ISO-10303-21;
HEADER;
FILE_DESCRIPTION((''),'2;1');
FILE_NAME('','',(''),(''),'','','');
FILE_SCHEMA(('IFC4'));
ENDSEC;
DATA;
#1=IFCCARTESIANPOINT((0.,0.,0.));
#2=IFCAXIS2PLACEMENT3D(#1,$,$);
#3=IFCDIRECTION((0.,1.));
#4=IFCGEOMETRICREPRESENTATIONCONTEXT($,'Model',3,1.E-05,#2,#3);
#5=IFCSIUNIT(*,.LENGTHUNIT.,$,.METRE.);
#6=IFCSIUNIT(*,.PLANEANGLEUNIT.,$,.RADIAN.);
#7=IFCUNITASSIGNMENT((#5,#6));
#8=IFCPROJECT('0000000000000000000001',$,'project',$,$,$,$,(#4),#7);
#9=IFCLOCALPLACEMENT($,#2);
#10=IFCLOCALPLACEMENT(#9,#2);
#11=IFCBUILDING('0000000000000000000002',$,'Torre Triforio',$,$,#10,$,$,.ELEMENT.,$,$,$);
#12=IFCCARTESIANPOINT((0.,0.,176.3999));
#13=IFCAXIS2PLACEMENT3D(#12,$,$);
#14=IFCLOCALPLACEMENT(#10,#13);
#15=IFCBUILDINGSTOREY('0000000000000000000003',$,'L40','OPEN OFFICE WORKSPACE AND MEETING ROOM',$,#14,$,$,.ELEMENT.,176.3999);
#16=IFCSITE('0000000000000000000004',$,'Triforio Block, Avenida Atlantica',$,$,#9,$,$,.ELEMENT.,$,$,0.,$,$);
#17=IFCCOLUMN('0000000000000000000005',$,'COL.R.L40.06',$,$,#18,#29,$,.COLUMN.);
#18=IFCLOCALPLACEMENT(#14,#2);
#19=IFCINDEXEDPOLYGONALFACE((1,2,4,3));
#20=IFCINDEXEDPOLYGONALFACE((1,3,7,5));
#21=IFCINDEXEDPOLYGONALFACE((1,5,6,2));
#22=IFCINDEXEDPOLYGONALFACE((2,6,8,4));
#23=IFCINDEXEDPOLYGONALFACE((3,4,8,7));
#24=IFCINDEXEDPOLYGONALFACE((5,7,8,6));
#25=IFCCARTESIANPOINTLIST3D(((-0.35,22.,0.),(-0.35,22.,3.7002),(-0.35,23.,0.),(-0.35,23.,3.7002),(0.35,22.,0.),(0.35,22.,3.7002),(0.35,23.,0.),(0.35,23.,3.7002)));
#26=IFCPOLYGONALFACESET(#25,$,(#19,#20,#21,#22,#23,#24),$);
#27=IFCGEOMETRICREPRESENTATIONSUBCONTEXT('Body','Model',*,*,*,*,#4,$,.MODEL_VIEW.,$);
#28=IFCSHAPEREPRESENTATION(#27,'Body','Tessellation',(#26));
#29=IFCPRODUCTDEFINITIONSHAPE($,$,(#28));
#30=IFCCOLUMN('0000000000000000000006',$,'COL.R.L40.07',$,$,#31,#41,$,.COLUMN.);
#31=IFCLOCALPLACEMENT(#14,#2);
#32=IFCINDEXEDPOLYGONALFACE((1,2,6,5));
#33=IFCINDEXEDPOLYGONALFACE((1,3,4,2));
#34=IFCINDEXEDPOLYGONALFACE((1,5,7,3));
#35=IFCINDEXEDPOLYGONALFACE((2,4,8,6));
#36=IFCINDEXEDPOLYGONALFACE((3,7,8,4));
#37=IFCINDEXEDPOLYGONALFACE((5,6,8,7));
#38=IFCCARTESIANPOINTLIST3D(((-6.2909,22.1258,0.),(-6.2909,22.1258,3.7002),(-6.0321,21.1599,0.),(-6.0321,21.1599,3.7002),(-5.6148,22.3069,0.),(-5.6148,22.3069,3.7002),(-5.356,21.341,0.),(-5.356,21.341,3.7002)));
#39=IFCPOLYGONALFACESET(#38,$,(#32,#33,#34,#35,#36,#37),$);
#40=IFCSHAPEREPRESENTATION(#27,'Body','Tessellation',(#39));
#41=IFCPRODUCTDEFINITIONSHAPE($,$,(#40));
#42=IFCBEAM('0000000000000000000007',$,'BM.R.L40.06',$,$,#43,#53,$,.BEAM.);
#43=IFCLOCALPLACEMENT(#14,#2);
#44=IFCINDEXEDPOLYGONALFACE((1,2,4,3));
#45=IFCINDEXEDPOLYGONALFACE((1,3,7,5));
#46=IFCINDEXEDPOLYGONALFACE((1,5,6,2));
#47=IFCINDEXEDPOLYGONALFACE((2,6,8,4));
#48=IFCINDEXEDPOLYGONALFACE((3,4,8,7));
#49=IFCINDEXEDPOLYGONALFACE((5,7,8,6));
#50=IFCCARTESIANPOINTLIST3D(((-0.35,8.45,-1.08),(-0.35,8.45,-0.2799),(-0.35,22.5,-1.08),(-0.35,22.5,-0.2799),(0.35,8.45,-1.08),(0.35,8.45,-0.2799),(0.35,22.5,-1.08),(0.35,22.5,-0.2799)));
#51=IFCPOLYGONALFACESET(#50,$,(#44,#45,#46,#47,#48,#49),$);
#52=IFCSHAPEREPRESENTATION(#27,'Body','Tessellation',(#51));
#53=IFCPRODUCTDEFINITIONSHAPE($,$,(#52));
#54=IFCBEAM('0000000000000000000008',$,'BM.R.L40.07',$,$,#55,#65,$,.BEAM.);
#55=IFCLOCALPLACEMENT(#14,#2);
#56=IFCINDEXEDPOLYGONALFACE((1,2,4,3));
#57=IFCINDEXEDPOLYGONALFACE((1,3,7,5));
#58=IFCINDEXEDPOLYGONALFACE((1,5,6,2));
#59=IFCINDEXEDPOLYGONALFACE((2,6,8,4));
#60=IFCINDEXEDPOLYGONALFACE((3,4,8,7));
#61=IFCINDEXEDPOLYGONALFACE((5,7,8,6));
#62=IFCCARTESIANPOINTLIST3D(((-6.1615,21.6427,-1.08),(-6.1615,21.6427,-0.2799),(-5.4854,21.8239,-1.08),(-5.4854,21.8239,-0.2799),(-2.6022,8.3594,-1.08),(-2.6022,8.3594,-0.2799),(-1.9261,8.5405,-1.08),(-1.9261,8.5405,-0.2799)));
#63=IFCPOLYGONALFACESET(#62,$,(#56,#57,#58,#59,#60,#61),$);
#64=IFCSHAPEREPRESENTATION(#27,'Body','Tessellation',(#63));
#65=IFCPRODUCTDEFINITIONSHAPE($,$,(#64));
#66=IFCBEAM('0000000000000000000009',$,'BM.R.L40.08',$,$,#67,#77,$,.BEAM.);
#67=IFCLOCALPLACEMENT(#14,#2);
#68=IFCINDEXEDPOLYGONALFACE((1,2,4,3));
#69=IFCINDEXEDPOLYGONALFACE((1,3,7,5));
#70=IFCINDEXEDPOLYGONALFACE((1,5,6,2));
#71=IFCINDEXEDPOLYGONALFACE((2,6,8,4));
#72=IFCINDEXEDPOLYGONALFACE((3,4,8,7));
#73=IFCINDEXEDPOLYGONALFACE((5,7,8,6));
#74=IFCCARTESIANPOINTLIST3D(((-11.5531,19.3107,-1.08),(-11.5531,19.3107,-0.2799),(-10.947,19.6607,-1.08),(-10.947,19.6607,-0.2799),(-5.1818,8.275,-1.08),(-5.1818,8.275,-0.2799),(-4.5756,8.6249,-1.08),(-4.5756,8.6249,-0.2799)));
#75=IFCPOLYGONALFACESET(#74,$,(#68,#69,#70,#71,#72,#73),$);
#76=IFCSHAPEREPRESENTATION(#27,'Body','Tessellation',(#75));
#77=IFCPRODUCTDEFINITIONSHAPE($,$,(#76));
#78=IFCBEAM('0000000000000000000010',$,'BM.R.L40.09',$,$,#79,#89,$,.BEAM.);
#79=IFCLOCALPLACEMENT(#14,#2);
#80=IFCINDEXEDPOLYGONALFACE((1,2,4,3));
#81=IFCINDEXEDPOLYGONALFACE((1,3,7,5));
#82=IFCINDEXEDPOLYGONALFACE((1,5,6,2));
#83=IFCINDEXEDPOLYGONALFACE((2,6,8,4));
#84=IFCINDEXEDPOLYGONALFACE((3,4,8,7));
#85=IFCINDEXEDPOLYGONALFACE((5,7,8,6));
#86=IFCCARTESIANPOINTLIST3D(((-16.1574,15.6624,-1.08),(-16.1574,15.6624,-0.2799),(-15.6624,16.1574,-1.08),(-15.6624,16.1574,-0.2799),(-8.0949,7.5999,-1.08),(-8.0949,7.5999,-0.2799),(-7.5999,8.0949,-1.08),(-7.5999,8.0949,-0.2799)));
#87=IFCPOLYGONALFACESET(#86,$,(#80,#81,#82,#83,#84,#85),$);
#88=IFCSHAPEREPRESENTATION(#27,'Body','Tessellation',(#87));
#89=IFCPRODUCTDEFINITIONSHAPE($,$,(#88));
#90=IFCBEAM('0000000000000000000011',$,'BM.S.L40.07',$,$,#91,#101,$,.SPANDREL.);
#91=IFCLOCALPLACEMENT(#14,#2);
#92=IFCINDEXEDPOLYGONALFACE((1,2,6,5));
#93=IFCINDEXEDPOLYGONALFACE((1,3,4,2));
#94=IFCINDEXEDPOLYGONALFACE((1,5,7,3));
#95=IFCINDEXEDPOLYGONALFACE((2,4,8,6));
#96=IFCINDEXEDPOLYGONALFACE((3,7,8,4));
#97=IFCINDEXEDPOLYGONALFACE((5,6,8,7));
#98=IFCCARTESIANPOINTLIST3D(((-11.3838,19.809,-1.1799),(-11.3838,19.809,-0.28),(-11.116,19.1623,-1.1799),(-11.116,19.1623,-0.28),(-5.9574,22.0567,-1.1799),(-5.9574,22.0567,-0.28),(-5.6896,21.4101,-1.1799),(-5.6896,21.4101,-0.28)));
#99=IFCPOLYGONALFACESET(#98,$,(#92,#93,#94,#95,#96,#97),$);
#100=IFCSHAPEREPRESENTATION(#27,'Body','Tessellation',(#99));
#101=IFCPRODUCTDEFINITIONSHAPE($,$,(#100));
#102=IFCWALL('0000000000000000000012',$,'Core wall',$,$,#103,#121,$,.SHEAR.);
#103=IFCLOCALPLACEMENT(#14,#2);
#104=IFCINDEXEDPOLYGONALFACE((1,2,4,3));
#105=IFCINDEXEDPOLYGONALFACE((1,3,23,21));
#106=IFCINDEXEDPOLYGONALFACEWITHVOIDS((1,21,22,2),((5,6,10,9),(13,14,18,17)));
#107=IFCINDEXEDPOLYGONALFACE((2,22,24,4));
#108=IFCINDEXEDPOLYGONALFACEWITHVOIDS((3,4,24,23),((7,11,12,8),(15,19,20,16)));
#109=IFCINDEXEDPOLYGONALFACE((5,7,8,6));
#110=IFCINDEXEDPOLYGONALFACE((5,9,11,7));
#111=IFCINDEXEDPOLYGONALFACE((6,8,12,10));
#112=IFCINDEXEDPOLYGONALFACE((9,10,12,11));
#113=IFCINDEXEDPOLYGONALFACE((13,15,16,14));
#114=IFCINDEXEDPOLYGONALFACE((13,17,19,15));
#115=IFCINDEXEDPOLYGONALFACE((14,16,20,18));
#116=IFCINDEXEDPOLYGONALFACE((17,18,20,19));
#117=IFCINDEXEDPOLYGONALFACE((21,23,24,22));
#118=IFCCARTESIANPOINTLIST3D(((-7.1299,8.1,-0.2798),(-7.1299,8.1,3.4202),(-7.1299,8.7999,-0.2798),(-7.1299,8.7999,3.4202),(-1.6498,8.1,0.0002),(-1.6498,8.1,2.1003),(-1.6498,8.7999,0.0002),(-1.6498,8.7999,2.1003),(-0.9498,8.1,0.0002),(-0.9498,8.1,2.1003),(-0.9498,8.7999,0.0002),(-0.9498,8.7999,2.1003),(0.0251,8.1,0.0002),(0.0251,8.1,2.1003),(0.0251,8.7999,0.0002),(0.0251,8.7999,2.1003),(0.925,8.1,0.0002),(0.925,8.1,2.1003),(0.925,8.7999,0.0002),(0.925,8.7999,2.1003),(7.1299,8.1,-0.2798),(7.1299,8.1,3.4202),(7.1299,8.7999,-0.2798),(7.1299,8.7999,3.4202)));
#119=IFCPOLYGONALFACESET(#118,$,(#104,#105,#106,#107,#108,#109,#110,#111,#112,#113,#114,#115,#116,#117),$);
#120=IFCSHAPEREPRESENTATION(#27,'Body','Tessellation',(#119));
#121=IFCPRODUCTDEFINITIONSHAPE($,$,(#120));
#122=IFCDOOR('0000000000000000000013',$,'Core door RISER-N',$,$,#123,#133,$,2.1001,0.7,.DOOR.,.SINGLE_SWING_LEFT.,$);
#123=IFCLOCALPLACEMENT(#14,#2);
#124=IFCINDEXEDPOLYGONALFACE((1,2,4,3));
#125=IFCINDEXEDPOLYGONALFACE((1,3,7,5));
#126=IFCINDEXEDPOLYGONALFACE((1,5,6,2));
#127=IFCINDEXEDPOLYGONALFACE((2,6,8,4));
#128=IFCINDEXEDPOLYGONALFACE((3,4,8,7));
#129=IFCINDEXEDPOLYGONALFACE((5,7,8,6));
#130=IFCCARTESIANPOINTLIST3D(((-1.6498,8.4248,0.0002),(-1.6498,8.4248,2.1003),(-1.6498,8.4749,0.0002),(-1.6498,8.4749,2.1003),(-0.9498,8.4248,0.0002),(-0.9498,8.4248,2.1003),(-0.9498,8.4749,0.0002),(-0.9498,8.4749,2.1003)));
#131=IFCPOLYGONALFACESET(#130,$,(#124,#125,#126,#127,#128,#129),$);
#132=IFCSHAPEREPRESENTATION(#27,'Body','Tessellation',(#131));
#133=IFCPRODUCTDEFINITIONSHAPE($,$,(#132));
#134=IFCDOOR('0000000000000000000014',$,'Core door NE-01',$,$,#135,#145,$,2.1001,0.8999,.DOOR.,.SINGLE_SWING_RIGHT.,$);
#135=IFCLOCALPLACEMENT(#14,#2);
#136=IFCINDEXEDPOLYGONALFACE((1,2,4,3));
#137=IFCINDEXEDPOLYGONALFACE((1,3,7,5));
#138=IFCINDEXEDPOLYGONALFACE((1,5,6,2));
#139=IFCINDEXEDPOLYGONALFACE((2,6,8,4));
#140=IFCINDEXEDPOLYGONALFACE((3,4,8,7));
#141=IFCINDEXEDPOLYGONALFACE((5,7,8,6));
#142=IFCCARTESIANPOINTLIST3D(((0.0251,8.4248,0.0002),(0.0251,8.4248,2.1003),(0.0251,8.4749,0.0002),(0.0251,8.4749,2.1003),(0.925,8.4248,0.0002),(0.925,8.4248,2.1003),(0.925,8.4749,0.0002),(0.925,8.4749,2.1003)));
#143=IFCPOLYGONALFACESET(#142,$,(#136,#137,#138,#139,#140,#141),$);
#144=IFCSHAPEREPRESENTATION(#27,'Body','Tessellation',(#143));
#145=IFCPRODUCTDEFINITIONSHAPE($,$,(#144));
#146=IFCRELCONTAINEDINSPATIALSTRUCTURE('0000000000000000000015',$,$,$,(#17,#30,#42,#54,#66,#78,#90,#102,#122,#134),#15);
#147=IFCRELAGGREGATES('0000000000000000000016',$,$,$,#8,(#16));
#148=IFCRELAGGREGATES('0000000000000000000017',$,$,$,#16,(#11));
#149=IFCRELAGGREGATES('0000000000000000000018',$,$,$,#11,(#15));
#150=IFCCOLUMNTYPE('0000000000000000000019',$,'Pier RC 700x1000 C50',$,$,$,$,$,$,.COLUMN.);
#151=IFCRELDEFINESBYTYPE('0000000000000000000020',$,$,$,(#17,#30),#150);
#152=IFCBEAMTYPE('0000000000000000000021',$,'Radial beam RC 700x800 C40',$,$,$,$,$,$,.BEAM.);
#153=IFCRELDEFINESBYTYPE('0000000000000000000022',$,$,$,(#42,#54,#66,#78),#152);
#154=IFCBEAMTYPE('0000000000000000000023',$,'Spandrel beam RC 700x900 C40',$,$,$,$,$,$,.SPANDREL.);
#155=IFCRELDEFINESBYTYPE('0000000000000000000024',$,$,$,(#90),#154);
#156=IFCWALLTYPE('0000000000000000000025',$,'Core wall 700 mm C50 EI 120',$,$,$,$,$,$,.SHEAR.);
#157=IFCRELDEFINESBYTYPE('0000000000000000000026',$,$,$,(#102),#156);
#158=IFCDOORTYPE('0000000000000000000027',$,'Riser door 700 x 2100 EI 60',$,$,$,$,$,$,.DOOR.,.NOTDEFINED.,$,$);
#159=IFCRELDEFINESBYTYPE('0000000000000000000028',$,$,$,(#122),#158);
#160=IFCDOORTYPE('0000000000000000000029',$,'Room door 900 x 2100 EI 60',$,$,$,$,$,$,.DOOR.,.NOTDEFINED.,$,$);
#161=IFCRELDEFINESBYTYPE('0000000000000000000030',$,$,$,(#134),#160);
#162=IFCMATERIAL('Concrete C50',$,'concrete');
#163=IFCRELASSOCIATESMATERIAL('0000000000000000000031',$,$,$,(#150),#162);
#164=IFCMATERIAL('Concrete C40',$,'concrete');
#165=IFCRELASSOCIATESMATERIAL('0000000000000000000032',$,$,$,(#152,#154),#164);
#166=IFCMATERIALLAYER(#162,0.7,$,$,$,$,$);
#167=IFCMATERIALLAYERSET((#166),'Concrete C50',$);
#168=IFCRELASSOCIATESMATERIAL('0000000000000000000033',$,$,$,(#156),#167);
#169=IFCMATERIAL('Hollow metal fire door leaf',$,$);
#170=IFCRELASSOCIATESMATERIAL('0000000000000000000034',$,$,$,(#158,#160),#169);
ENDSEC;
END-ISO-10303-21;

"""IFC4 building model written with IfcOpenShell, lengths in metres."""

from ifc_helpers import new_model, si_unit, direction, frame, frame_2d, origin, origin_2d, place, context, subcontext, project, spatial, rectangle, extrude, material, layer, layer_set, material_profile, profile_set, type_object, element, fill, save


model = new_model("IFC4")

# Units and contexts
model_context = context("Model", 3, precision=1e-05, world=origin(), true_north=direction((0.0, 1.0)))
body_context = subcontext(model_context, "Body", "Model", "MODEL_VIEW")
ifc_project = project(units=[si_unit("LENGTHUNIT", "METRE"), si_unit("PLANEANGLEUNIT", "RADIAN")], contexts=[model_context])

# Site, building, storey
site_placement = place(None, origin())
site = spatial("IfcSite", under=ifc_project, at=site_placement, Name="Triforio Block, Avenida Atlantica", CompositionType="ELEMENT", RefElevation=0.0)
building_placement = place(site_placement, origin())
building = spatial("IfcBuilding", under=site, at=building_placement, Name="Torre Triforio", CompositionType="ELEMENT")
storey_placement = place(building_placement, frame((0.0, 0.0, 176.3999)))
storey = spatial("IfcBuildingStorey", under=building, at=storey_placement, Name="L40", Description="OPEN OFFICE WORKSPACE AND MEETING ROOM", CompositionType="ELEMENT", Elevation=176.3999)

# Columns
ifc_material_1 = material(Name="Concrete C50", Category="concrete")
ifc_material_profile_1 = material_profile(ifc_material_1, rectangle(XDim=0.7, YDim=1.0, at=origin_2d()), Name="RC 700x1000")
ifc_profile_set_1 = profile_set([ifc_material_profile_1], Name="Concrete C50")
column_type = type_object("IfcColumnType", Name="Pier RC 700x1000 C50", PredefinedType="COLUMN", material=ifc_profile_set_1)
for number, where, z_axis, x_axis, name in (
    (1, (0.0, 22.5, 0.0), (0.0, 0.0, 1.0), (-1.0, 0.0, 0.0), "COL.R.L40.06"),
    (2, (-5.8235, 21.7334, 0.0), (0.0, 0.0, 1.0), (-0.965926, -0.258819, 0.0), "COL.R.L40.07"),
):
    element("IfcColumn", number, at=place(storey_placement, frame(where, z_axis=z_axis, x_axis=x_axis)), inside=storey, type_object=column_type, Name=name, PredefinedType="COLUMN", context=body_context, shape_type="SweptSolid", body=[
        extrude(rectangle(XDim=0.7, YDim=1.0, at=origin_2d()), origin(), (0.0, 0.0, 1.0), 3.7002),
    ])

# Beams
ifc_material_2 = material(Name="Concrete C40", Category="concrete")
ifc_material_profile_2 = material_profile(ifc_material_2, rectangle(XDim=0.7, YDim=0.8, at=origin_2d()), Name="RC 700x800")
ifc_profile_set_2 = profile_set([ifc_material_profile_2], Name="Concrete C40")
beam_type_1 = type_object("IfcBeamType", Name="Radial beam RC 700x800 C40", PredefinedType="BEAM", material=ifc_profile_set_2)
beam_1_placement = place(storey_placement, frame((0.0, 8.45, -0.6799), z_axis=(0.0, 1.0, 0.0), x_axis=(-1.0, 0.0, 0.0)))
element("IfcBeam", 3, at=beam_1_placement, inside=storey, type_object=beam_type_1, Name="BM.R.L40.06", PredefinedType="BEAM", context=body_context, shape_type="SweptSolid", body=[
    extrude(rectangle(XDim=0.7, YDim=0.8, at=origin_2d()), origin(), (0.0, 0.0, 1.0), 14.05),
])
beam_2_placement = place(storey_placement, frame((-2.2642, 8.45, -0.6799), z_axis=(-0.258822, 0.965925, 0.0), x_axis=(-0.965925, -0.258822, 0.0)))
element("IfcBeam", 4, at=beam_2_placement, inside=storey, type_object=beam_type_1, Name="BM.R.L40.07", PredefinedType="BEAM", context=body_context, shape_type="SweptSolid", body=[
    extrude(rectangle(XDim=0.7, YDim=0.8, at=origin_2d()), origin(), (0.0, 0.0, 1.0), 13.752),
])
beam_3_placement = place(storey_placement, frame((-4.8787, 8.45, -0.6799), z_axis=(-0.499994, 0.866029, 0.0), x_axis=(-0.866029, -0.499994, 0.0)))
element("IfcBeam", 5, at=beam_3_placement, inside=storey, type_object=beam_type_1, Name="BM.R.L40.08", PredefinedType="BEAM", context=body_context, shape_type="SweptSolid", body=[
    extrude(rectangle(XDim=0.7, YDim=0.8, at=origin_2d()), origin(), (0.0, 0.0, 1.0), 12.7429),
])
beam_4_placement = place(storey_placement, frame((-7.8474, 7.8474, -0.6799), z_axis=(-0.707107, 0.707107, 0.0), x_axis=(-0.707107, -0.707107, 0.0)))
element("IfcBeam", 6, at=beam_4_placement, inside=storey, type_object=beam_type_1, Name="BM.R.L40.09", PredefinedType="BEAM", context=body_context, shape_type="SweptSolid", body=[
    extrude(rectangle(XDim=0.7, YDim=0.8, at=origin_2d()), origin(), (0.0, 0.0, 1.0), 11.4021),
])
ifc_material_profile_3 = material_profile(ifc_material_2, rectangle(XDim=0.7, YDim=0.8999, at=origin_2d()), Name="RC 700x900")
ifc_profile_set_3 = profile_set([ifc_material_profile_3], Name="Concrete C40")
beam_type_2 = type_object("IfcBeamType", Name="Spandrel beam RC 700x900 C40", PredefinedType="SPANDREL", material=ifc_profile_set_3)
beam_5_placement = place(storey_placement, frame((-5.8235, 21.7334, -0.73), z_axis=(-0.923875, -0.382693, 0.0), x_axis=(0.382693, -0.923875, 0.0)))
element("IfcBeam", 7, at=beam_5_placement, inside=storey, type_object=beam_type_2, Name="BM.S.L40.07", PredefinedType="SPANDREL", context=body_context, shape_type="SweptSolid", body=[
    extrude(rectangle(XDim=0.7, YDim=0.8999, at=origin_2d()), origin(), (0.0, 0.0, 1.0), 5.8735),
])

# Wall, openings, doors
ifc_layer_1 = layer(ifc_material_1, 0.7)
ifc_layer_set_1 = layer_set([ifc_layer_1], Name="Concrete C50")
wall_type_1 = type_object("IfcWallType", Name="Core wall 700 mm C50 EI 120", PredefinedType="SHEAR", material=ifc_layer_set_1)
wall_1_placement = place(storey_placement, frame((-7.1299, 8.45, -0.2798), z_axis=(0.0, 0.0, 1.0), x_axis=(1.0, 0.0, 0.0)))
wall_1 = element("IfcWall", 8, at=wall_1_placement, inside=storey, type_object=wall_type_1, Name="Core wall", PredefinedType="SHEAR", context=body_context, shape_type="SweptSolid", body=[
    extrude(rectangle(XDim=14.2598, YDim=0.7, at=frame_2d((7.1299, 0.0))), origin(), (0.0, 0.0, 1.0), 3.7),
])
opening_1_placement = place(wall_1_placement, frame((5.48, 0.0, 0.28)))
opening_1 = element("IfcOpeningElement", 9, at=opening_1_placement, cuts=wall_1, PredefinedType="OPENING", context=body_context, shape_type="SweptSolid", body=[
    extrude(rectangle(XDim=0.7, YDim=2.1001, at=frame_2d((0.3501, 1.05))), frame((0.0, 0.3599, 0.0), z_axis=(0.0, -1.0, 0.0), x_axis=(1.0, 0.0, 0.0)), (0.0, 0.0, 1.0), 0.72),
])
opening_2_placement = place(wall_1_placement, frame((7.155, 0.0, 0.28)))
opening_2 = element("IfcOpeningElement", 10, at=opening_2_placement, cuts=wall_1, PredefinedType="OPENING", context=body_context, shape_type="SweptSolid", body=[
    extrude(rectangle(XDim=0.8999, YDim=2.1001, at=frame_2d((0.45, 1.05))), frame((0.0, 0.3599, 0.0), z_axis=(0.0, -1.0, 0.0), x_axis=(1.0, 0.0, 0.0)), (0.0, 0.0, 1.0), 0.72),
])
ifc_material_3 = material(Name="Hollow metal fire door leaf")
door_type_1 = type_object("IfcDoorType", Name="Riser door 700 x 2100 EI 60", OperationType="NOTDEFINED", PredefinedType="DOOR", material=ifc_material_3)
door_1_placement = place(opening_1_placement, origin())
door_1 = element("IfcDoor", 11, at=door_1_placement, inside=storey, type_object=door_type_1, Name="Core door RISER-N", OperationType="SINGLE_SWING_LEFT", OverallHeight=2.1001, OverallWidth=0.7, PredefinedType="DOOR", context=body_context, shape_type="SweptSolid", body=[
    extrude(rectangle(XDim=0.7, YDim=2.1001, at=frame_2d((0.3501, 1.05))), frame((0.0, 0.0249, 0.0), z_axis=(0.0, -1.0, 0.0), x_axis=(1.0, 0.0, 0.0)), (0.0, 0.0, 1.0), 0.05),
])
fill(opening_1, door_1)
door_type_2 = type_object("IfcDoorType", Name="Room door 900 x 2100 EI 60", OperationType="NOTDEFINED", PredefinedType="DOOR", material=ifc_material_3)
door_2_placement = place(opening_2_placement, origin())
door_2 = element("IfcDoor", 12, at=door_2_placement, inside=storey, type_object=door_type_2, Name="Core door NE-01", OperationType="SINGLE_SWING_RIGHT", OverallHeight=2.1001, OverallWidth=0.8999, PredefinedType="DOOR", context=body_context, shape_type="SweptSolid", body=[
    extrude(rectangle(XDim=0.8999, YDim=2.1001, at=frame_2d((0.45, 1.05))), frame((0.0, 0.0249, 0.0), z_axis=(0.0, -1.0, 0.0), x_axis=(1.0, 0.0, 0.0)), (0.0, 0.0, 1.0), 0.05),
])
fill(opening_2, door_2)

save(model, "model.ifc")
